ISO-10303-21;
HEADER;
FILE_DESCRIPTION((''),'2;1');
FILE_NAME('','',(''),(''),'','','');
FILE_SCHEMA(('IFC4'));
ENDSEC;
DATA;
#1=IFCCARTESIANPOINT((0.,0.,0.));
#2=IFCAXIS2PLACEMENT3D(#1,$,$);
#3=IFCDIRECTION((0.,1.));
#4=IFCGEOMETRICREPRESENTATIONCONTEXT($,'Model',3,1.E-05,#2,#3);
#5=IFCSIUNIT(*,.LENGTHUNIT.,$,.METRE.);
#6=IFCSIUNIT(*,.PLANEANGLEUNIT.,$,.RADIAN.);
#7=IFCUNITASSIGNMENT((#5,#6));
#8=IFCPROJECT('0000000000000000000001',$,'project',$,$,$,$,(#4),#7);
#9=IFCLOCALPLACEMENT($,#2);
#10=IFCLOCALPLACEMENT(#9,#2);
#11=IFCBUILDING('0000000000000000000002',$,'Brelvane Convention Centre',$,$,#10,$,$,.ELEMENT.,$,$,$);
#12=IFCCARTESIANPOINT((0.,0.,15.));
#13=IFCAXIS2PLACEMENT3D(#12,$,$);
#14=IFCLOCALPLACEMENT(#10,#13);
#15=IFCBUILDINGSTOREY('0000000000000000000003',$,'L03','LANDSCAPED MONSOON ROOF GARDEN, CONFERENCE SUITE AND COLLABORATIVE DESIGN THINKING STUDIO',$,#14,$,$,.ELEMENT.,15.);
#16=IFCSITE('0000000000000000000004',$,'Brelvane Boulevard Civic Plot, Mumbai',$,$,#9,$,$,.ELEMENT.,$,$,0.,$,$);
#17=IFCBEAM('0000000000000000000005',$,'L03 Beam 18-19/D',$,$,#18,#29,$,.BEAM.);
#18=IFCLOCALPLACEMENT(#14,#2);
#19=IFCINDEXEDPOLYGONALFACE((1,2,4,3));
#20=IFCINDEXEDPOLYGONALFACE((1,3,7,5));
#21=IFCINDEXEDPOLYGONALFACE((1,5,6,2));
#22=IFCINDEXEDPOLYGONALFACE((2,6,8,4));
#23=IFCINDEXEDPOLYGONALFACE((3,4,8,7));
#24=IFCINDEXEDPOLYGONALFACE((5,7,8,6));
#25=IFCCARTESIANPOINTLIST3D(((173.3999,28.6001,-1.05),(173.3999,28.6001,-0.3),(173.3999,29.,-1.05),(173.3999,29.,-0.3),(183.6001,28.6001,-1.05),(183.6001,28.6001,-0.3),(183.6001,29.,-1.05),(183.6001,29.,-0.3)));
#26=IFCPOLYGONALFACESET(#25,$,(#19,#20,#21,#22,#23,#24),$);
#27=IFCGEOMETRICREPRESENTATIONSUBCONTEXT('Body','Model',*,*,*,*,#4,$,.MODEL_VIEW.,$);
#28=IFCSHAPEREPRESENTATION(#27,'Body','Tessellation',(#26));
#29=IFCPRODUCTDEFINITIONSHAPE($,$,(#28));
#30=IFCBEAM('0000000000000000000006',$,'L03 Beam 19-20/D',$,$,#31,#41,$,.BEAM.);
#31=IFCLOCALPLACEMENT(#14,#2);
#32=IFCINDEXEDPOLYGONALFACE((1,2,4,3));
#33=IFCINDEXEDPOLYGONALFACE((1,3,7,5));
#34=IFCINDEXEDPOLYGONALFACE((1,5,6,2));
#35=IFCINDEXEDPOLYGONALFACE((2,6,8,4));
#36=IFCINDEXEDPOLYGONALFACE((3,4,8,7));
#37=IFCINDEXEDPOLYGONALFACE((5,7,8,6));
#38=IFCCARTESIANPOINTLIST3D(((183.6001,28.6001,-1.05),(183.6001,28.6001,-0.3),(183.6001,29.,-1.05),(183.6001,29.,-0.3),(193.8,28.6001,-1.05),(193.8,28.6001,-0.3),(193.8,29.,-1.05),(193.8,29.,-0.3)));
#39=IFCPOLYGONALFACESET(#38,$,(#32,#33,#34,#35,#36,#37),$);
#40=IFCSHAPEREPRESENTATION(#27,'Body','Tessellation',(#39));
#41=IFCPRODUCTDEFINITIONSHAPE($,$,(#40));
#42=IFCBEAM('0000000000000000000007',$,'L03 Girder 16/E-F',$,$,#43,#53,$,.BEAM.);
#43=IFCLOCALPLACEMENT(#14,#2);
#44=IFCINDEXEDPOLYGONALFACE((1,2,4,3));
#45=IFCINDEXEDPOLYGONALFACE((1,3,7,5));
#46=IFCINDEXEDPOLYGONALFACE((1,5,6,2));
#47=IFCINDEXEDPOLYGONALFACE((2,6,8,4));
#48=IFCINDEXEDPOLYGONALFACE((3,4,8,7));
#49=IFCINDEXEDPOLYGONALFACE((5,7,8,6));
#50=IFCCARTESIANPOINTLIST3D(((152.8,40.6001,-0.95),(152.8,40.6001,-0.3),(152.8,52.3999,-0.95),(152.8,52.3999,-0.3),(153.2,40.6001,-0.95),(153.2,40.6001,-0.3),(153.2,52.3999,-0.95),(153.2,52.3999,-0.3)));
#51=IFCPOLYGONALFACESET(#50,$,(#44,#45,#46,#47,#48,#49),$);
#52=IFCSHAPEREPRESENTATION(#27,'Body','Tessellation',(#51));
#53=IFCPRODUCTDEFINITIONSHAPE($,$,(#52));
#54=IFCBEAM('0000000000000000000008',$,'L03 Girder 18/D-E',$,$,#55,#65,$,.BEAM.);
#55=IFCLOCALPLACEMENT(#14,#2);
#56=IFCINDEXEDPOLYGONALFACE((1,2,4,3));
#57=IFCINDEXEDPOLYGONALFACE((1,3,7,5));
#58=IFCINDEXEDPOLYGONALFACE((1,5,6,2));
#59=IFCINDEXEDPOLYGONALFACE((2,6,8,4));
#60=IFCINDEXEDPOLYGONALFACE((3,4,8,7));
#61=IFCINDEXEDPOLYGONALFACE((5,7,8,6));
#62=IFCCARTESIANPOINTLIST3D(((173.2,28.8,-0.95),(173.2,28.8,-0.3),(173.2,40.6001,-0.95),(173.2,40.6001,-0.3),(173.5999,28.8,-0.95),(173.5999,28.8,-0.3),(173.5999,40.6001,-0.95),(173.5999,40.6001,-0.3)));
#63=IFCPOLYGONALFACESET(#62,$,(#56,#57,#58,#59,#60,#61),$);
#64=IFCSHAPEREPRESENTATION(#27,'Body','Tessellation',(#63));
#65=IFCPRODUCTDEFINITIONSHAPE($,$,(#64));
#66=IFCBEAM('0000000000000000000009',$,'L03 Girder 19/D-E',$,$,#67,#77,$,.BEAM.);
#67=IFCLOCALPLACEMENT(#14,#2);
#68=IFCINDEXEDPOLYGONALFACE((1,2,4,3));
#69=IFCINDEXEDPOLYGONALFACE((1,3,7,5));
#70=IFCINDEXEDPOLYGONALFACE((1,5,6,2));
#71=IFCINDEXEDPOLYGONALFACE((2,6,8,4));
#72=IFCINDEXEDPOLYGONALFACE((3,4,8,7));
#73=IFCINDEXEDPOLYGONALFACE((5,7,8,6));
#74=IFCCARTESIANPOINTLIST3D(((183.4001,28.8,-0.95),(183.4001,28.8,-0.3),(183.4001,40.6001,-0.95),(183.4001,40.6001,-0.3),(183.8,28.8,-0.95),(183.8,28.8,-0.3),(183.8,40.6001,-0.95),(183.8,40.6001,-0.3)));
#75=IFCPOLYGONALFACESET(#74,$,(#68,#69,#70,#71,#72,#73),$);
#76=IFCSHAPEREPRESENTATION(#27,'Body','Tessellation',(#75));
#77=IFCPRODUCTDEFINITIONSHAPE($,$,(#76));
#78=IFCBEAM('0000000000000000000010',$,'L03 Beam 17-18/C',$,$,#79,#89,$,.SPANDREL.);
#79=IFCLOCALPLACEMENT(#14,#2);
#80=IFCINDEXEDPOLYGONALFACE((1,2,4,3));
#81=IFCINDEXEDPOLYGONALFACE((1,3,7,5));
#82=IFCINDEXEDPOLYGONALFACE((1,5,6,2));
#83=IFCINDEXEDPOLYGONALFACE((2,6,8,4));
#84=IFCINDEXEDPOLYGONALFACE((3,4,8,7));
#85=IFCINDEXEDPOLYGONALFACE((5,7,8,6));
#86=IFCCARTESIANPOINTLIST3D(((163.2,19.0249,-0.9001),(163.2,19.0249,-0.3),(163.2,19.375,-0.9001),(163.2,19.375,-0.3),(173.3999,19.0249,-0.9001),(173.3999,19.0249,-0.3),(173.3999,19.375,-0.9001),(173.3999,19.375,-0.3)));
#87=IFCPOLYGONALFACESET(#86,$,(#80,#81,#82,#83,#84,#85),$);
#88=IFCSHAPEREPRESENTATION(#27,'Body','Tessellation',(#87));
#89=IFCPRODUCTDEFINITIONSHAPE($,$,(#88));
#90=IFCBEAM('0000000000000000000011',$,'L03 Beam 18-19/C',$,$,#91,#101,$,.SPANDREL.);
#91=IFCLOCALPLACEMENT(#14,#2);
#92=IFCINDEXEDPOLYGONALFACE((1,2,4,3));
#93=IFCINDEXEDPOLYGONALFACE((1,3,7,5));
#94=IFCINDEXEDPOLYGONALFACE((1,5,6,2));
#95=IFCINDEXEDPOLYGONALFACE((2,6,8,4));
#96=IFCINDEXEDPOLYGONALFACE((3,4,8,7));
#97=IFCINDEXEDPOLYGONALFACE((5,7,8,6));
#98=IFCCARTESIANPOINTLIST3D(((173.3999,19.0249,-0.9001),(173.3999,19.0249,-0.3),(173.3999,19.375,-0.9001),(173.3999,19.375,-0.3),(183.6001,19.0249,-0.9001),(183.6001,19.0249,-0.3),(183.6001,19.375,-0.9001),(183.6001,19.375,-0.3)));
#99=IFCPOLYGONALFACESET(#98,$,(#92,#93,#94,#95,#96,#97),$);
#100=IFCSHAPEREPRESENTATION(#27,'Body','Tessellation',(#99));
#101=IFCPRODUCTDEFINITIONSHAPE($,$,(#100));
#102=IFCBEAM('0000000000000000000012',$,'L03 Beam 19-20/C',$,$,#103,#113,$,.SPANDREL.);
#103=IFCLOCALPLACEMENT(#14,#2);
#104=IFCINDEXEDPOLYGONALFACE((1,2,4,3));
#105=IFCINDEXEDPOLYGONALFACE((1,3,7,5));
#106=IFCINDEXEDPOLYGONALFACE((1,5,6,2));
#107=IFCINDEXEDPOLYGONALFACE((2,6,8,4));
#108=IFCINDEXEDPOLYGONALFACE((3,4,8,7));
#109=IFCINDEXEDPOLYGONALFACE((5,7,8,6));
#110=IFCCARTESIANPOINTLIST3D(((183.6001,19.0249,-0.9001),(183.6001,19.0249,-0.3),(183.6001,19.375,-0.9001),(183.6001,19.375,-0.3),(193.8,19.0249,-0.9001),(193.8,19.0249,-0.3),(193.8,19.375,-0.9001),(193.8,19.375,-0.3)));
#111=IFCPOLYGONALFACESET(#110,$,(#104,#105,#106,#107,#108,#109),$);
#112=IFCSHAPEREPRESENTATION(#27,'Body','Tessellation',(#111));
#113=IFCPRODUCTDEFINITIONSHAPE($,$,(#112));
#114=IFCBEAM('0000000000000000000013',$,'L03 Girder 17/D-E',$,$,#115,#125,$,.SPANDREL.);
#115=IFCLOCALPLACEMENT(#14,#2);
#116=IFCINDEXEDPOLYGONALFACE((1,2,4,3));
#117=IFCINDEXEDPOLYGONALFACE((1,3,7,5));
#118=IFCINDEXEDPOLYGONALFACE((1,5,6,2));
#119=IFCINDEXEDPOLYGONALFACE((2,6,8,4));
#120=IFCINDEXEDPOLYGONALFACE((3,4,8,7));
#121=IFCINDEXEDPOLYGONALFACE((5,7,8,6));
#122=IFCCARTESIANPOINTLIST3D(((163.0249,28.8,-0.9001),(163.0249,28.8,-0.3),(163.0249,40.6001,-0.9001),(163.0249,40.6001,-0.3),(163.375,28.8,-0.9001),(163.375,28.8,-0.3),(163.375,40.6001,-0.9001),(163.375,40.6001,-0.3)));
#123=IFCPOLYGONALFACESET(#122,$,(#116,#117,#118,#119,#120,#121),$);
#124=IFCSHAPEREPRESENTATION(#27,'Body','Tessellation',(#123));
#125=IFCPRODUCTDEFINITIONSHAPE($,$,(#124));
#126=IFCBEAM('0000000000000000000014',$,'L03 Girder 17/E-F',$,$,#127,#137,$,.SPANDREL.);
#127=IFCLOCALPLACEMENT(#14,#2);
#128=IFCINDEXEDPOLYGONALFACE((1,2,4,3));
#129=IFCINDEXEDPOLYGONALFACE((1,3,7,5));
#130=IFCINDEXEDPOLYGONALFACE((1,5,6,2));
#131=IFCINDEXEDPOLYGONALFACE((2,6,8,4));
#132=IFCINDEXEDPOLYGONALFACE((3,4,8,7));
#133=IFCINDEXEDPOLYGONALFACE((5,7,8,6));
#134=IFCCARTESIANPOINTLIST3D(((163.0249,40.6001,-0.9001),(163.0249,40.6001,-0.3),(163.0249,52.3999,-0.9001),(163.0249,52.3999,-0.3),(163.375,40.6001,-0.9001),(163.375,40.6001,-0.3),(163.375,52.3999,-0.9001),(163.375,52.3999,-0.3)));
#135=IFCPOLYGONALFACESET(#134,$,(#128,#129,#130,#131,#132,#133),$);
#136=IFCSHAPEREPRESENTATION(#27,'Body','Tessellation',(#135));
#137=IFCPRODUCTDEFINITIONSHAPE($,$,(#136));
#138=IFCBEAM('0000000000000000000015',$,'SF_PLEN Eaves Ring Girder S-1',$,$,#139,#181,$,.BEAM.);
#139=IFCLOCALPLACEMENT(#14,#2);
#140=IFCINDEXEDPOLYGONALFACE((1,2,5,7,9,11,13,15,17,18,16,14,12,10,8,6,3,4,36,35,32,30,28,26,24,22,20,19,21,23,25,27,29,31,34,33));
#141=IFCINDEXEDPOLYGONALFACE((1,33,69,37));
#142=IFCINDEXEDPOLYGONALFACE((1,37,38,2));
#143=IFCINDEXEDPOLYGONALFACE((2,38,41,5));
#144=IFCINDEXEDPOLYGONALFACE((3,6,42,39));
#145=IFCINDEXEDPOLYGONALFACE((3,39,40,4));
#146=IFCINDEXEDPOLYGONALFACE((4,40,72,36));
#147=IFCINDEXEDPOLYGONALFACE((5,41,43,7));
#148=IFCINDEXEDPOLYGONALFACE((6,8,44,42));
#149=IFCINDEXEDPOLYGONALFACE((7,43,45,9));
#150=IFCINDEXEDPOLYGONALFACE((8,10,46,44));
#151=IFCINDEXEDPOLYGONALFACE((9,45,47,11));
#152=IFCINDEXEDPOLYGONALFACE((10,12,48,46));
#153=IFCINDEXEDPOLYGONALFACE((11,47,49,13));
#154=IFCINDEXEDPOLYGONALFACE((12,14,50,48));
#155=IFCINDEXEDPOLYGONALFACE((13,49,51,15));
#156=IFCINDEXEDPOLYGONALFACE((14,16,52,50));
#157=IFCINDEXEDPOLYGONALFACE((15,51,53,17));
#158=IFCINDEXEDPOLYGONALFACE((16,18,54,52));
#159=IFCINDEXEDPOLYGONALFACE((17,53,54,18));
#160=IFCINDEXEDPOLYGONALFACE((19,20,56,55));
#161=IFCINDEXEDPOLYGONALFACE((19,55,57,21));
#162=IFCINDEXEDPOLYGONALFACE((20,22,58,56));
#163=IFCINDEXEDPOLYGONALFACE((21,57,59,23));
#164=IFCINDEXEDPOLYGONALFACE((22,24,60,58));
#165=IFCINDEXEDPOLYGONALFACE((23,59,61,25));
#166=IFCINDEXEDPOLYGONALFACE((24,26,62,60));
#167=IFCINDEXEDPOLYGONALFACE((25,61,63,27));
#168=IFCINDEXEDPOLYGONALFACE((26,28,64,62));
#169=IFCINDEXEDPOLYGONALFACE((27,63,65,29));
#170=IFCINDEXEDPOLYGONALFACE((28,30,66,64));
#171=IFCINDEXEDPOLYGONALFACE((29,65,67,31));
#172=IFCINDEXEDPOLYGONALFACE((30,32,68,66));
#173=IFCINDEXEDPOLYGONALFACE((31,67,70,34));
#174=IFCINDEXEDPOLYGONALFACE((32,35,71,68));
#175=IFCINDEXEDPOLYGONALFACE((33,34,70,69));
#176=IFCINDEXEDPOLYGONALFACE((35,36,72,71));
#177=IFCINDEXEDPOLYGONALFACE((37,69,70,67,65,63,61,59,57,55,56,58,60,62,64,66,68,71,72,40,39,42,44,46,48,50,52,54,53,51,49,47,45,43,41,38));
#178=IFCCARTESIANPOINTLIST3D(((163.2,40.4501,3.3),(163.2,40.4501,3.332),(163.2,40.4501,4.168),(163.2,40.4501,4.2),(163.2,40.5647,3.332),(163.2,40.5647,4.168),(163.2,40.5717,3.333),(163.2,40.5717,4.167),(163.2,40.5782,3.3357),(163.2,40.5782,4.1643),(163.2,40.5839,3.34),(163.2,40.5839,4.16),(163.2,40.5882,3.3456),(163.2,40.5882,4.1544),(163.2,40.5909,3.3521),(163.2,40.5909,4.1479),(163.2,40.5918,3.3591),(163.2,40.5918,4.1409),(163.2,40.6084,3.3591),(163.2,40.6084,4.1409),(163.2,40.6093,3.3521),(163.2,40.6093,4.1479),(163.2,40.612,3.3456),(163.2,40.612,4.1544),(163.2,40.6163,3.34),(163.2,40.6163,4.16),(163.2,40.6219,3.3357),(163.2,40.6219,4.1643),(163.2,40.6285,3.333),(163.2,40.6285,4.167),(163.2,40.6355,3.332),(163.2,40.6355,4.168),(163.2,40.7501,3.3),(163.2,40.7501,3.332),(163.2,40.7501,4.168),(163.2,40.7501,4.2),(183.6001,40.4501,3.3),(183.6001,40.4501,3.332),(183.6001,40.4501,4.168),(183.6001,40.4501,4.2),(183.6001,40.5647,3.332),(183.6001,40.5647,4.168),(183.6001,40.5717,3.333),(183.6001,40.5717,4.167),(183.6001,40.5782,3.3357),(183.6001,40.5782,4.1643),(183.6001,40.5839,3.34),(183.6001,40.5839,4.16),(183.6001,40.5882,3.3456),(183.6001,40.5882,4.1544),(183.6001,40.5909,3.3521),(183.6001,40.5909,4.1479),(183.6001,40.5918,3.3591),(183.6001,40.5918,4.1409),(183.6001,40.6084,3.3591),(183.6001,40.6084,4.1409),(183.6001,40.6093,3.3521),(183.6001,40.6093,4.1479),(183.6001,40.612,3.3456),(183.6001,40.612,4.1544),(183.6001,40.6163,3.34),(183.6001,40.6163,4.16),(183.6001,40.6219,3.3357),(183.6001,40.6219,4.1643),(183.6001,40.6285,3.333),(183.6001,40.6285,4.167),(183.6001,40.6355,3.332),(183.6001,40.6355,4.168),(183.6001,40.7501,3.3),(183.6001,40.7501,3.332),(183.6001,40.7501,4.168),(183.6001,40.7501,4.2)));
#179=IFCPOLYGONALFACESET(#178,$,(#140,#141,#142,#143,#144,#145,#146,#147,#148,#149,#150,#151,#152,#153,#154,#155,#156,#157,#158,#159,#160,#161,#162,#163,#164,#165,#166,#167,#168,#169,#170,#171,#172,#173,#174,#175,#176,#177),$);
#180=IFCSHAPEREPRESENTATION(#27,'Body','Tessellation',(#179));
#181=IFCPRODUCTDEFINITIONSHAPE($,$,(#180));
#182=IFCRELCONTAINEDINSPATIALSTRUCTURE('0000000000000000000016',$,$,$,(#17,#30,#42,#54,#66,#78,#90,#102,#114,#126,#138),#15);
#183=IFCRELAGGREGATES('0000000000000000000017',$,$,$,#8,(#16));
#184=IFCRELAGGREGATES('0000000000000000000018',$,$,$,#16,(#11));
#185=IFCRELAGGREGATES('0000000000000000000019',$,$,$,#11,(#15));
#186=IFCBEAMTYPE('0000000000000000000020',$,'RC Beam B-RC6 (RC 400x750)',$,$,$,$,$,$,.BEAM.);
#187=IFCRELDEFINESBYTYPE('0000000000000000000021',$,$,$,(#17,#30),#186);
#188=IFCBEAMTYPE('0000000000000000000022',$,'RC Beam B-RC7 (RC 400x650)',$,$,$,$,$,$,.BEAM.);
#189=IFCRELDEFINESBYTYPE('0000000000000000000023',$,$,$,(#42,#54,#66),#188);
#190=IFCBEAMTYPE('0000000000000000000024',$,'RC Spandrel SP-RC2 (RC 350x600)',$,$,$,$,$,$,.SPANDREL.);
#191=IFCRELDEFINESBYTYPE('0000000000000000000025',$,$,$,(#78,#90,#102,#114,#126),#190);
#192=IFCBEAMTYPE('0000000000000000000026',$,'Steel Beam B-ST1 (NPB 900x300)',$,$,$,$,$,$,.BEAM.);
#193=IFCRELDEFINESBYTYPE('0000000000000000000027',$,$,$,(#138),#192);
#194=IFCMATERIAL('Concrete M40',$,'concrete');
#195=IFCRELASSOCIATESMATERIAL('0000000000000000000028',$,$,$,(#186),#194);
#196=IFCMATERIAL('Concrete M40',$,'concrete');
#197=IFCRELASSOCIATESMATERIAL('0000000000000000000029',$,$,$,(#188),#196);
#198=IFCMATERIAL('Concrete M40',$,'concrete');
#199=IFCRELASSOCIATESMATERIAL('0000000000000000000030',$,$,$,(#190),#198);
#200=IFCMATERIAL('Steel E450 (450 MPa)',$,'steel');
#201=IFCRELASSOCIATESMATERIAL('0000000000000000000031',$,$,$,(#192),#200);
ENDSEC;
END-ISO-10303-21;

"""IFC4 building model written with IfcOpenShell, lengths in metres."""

from ifc_helpers import new_model, si_unit, direction, frame, origin, origin_2d, place, context, subcontext, project, spatial, rectangle, i_section, extrude, material, material_profile, profile_set, type_object, element, save


model = new_model("IFC4")

# Units and contexts
model_context = context("Model", 3, precision=1e-05, world=origin(), true_north=direction((0.0, 1.0)))
body_context = subcontext(model_context, "Body", "Model", "MODEL_VIEW")
ifc_project = project(units=[si_unit("LENGTHUNIT", "METRE"), si_unit("PLANEANGLEUNIT", "RADIAN")], contexts=[model_context])

# Site, building, storey
site_placement = place(None, origin())
site = spatial("IfcSite", under=ifc_project, at=site_placement, Name="Brelvane Boulevard Civic Plot, Mumbai", CompositionType="ELEMENT", RefElevation=0.0)
building_placement = place(site_placement, origin())
building = spatial("IfcBuilding", under=site, at=building_placement, Name="Brelvane Convention Centre", CompositionType="ELEMENT")
storey_placement = place(building_placement, frame((0.0, 0.0, 15.0)))
storey = spatial("IfcBuildingStorey", under=building, at=storey_placement, Name="L03", Description="LANDSCAPED MONSOON ROOF GARDEN, CONFERENCE SUITE AND COLLABORATIVE DESIGN THINKING STUDIO", CompositionType="ELEMENT", Elevation=15.0)

# Beams
ifc_material_1 = material(Name="Concrete M40", Category="concrete")
ifc_material_profile_1 = material_profile(ifc_material_1, rectangle(XDim=0.3999, YDim=0.75, at=origin_2d()), Name="RC 400x750")
ifc_profile_set_1 = profile_set([ifc_material_profile_1], Name="Concrete M40")
beam_type_1 = type_object("IfcBeamType", Name="RC Beam B-RC6 (RC 400x750)", PredefinedType="BEAM", material=ifc_profile_set_1)
beam_1_placement = place(storey_placement, frame((173.3999, 28.8, -0.675), z_axis=(1.0, 0.0, 0.0), x_axis=(0.0, 1.0, 0.0)))
element("IfcBeam", 1, at=beam_1_placement, inside=storey, type_object=beam_type_1, Name="L03 Beam 18-19/D", PredefinedType="BEAM", context=body_context, shape_type="SweptSolid", body=[
    extrude(rectangle(XDim=0.3999, YDim=0.75, at=origin_2d()), origin(), (0.0, 0.0, 1.0), 10.2002),
])
beam_2_placement = place(storey_placement, frame((183.6001, 28.8, -0.675), z_axis=(1.0, 0.0, 0.0), x_axis=(0.0, 1.0, 0.0)))
element("IfcBeam", 2, at=beam_2_placement, inside=storey, type_object=beam_type_1, Name="L03 Beam 19-20/D", PredefinedType="BEAM", context=body_context, shape_type="SweptSolid", body=[
    extrude(rectangle(XDim=0.3999, YDim=0.75, at=origin_2d()), origin(), (0.0, 0.0, 1.0), 10.2),
])
ifc_material_2 = material(Name="Concrete M40", Category="concrete")
ifc_material_profile_2 = material_profile(ifc_material_2, rectangle(XDim=0.3999, YDim=0.6499, at=origin_2d()), Name="RC 400x650")
ifc_profile_set_2 = profile_set([ifc_material_profile_2], Name="Concrete M40")
beam_type_2 = type_object("IfcBeamType", Name="RC Beam B-RC7 (RC 400x650)", PredefinedType="BEAM", material=ifc_profile_set_2)
beam_3_placement = place(storey_placement, frame((153.0, 40.6001, -0.625), z_axis=(0.0, 1.0, 0.0), x_axis=(-1.0, 0.0, 0.0)))
element("IfcBeam", 3, at=beam_3_placement, inside=storey, type_object=beam_type_2, Name="L03 Girder 16/E-F", PredefinedType="BEAM", context=body_context, shape_type="SweptSolid", body=[
    extrude(rectangle(XDim=0.3999, YDim=0.6499, at=origin_2d()), origin(), (0.0, 0.0, 1.0), 11.7998),
])
for number, where, z_axis, x_axis, name in (
    (4, (173.3999, 28.8, -0.625), (0.0, 1.0, 0.0), (-1.0, 0.0, 0.0), "L03 Girder 18/D-E"),
    (5, (183.6001, 28.8, -0.625), (0.0, 1.0, 0.0), (-1.0, 0.0, 0.0), "L03 Girder 19/D-E"),
):
    element("IfcBeam", number, at=place(storey_placement, frame(where, z_axis=z_axis, x_axis=x_axis)), inside=storey, type_object=beam_type_2, Name=name, PredefinedType="BEAM", context=body_context, shape_type="SweptSolid", body=[
        extrude(rectangle(XDim=0.3999, YDim=0.6499, at=origin_2d()), origin(), (0.0, 0.0, 1.0), 11.8),
    ])
ifc_material_3 = material(Name="Concrete M40", Category="concrete")
ifc_material_profile_3 = material_profile(ifc_material_3, rectangle(XDim=0.3501, YDim=0.6001, at=origin_2d()), Name="RC 350x600")
ifc_profile_set_3 = profile_set([ifc_material_profile_3], Name="Concrete M40")
beam_type_3 = type_object("IfcBeamType", Name="RC Spandrel SP-RC2 (RC 350x600)", PredefinedType="SPANDREL", material=ifc_profile_set_3)
beam_4_placement = place(storey_placement, frame((163.2, 19.2, -0.6001), z_axis=(1.0, 0.0, 0.0), x_axis=(0.0, 1.0, 0.0)))
element("IfcBeam", 6, at=beam_4_placement, inside=storey, type_object=beam_type_3, Name="L03 Beam 17-18/C", PredefinedType="SPANDREL", context=body_context, shape_type="SweptSolid", body=[
    extrude(rectangle(XDim=0.3501, YDim=0.6001, at=origin_2d()), origin(), (0.0, 0.0, 1.0), 10.2),
])
beam_5_placement = place(storey_placement, frame((173.3999, 19.2, -0.6001), z_axis=(1.0, 0.0, 0.0), x_axis=(0.0, 1.0, 0.0)))
element("IfcBeam", 7, at=beam_5_placement, inside=storey, type_object=beam_type_3, Name="L03 Beam 18-19/C", PredefinedType="SPANDREL", context=body_context, shape_type="SweptSolid", body=[
    extrude(rectangle(XDim=0.3501, YDim=0.6001, at=origin_2d()), origin(), (0.0, 0.0, 1.0), 10.2002),
])
beam_6_placement = place(storey_placement, frame((183.6001, 19.2, -0.6001), z_axis=(1.0, 0.0, 0.0), x_axis=(0.0, 1.0, 0.0)))
element("IfcBeam", 8, at=beam_6_placement, inside=storey, type_object=beam_type_3, Name="L03 Beam 19-20/C", PredefinedType="SPANDREL", context=body_context, shape_type="SweptSolid", body=[
    extrude(rectangle(XDim=0.3501, YDim=0.6001, at=origin_2d()), origin(), (0.0, 0.0, 1.0), 10.2),
])
beam_7_placement = place(storey_placement, frame((163.2, 28.8, -0.6001), z_axis=(0.0, 1.0, 0.0), x_axis=(-1.0, 0.0, 0.0)))
element("IfcBeam", 9, at=beam_7_placement, inside=storey, type_object=beam_type_3, Name="L03 Girder 17/D-E", PredefinedType="SPANDREL", context=body_context, shape_type="SweptSolid", body=[
    extrude(rectangle(XDim=0.3501, YDim=0.6001, at=origin_2d()), origin(), (0.0, 0.0, 1.0), 11.8),
])
beam_8_placement = place(storey_placement, frame((163.2, 40.6001, -0.6001), z_axis=(0.0, 1.0, 0.0), x_axis=(-1.0, 0.0, 0.0)))
element("IfcBeam", 10, at=beam_8_placement, inside=storey, type_object=beam_type_3, Name="L03 Girder 17/E-F", PredefinedType="SPANDREL", context=body_context, shape_type="SweptSolid", body=[
    extrude(rectangle(XDim=0.3501, YDim=0.6001, at=origin_2d()), origin(), (0.0, 0.0, 1.0), 11.7998),
])
ifc_material_4 = material(Name="Steel E450 (450 MPa)", Category="steel")
ifc_material_profile_4 = material_profile(ifc_material_4, i_section(OverallWidth=0.3, OverallDepth=0.8999, WebThickness=0.0166, FlangeThickness=0.032, FilletRadius=0.0271, at=origin_2d()), Name="NPB 900x300")
ifc_profile_set_4 = profile_set([ifc_material_profile_4], Name="Steel E450 (450 MPa)")
beam_type_4 = type_object("IfcBeamType", Name="Steel Beam B-ST1 (NPB 900x300)", PredefinedType="BEAM", material=ifc_profile_set_4)
beam_9_placement = place(storey_placement, frame((163.2, 40.6001, 3.75), z_axis=(1.0, 0.0, 0.0), x_axis=(0.0, 1.0, 0.0)))
element("IfcBeam", 11, at=beam_9_placement, inside=storey, type_object=beam_type_4, Name="SF_PLEN Eaves Ring Girder S-1", PredefinedType="BEAM", context=body_context, shape_type="SweptSolid", body=[
    extrude(i_section(OverallWidth=0.3, OverallDepth=0.8999, WebThickness=0.0166, FlangeThickness=0.032, FilletRadius=0.0271, at=origin_2d()), origin(), (0.0, 0.0, 1.0), 20.4001),
])

save(model, "model.ifc")
